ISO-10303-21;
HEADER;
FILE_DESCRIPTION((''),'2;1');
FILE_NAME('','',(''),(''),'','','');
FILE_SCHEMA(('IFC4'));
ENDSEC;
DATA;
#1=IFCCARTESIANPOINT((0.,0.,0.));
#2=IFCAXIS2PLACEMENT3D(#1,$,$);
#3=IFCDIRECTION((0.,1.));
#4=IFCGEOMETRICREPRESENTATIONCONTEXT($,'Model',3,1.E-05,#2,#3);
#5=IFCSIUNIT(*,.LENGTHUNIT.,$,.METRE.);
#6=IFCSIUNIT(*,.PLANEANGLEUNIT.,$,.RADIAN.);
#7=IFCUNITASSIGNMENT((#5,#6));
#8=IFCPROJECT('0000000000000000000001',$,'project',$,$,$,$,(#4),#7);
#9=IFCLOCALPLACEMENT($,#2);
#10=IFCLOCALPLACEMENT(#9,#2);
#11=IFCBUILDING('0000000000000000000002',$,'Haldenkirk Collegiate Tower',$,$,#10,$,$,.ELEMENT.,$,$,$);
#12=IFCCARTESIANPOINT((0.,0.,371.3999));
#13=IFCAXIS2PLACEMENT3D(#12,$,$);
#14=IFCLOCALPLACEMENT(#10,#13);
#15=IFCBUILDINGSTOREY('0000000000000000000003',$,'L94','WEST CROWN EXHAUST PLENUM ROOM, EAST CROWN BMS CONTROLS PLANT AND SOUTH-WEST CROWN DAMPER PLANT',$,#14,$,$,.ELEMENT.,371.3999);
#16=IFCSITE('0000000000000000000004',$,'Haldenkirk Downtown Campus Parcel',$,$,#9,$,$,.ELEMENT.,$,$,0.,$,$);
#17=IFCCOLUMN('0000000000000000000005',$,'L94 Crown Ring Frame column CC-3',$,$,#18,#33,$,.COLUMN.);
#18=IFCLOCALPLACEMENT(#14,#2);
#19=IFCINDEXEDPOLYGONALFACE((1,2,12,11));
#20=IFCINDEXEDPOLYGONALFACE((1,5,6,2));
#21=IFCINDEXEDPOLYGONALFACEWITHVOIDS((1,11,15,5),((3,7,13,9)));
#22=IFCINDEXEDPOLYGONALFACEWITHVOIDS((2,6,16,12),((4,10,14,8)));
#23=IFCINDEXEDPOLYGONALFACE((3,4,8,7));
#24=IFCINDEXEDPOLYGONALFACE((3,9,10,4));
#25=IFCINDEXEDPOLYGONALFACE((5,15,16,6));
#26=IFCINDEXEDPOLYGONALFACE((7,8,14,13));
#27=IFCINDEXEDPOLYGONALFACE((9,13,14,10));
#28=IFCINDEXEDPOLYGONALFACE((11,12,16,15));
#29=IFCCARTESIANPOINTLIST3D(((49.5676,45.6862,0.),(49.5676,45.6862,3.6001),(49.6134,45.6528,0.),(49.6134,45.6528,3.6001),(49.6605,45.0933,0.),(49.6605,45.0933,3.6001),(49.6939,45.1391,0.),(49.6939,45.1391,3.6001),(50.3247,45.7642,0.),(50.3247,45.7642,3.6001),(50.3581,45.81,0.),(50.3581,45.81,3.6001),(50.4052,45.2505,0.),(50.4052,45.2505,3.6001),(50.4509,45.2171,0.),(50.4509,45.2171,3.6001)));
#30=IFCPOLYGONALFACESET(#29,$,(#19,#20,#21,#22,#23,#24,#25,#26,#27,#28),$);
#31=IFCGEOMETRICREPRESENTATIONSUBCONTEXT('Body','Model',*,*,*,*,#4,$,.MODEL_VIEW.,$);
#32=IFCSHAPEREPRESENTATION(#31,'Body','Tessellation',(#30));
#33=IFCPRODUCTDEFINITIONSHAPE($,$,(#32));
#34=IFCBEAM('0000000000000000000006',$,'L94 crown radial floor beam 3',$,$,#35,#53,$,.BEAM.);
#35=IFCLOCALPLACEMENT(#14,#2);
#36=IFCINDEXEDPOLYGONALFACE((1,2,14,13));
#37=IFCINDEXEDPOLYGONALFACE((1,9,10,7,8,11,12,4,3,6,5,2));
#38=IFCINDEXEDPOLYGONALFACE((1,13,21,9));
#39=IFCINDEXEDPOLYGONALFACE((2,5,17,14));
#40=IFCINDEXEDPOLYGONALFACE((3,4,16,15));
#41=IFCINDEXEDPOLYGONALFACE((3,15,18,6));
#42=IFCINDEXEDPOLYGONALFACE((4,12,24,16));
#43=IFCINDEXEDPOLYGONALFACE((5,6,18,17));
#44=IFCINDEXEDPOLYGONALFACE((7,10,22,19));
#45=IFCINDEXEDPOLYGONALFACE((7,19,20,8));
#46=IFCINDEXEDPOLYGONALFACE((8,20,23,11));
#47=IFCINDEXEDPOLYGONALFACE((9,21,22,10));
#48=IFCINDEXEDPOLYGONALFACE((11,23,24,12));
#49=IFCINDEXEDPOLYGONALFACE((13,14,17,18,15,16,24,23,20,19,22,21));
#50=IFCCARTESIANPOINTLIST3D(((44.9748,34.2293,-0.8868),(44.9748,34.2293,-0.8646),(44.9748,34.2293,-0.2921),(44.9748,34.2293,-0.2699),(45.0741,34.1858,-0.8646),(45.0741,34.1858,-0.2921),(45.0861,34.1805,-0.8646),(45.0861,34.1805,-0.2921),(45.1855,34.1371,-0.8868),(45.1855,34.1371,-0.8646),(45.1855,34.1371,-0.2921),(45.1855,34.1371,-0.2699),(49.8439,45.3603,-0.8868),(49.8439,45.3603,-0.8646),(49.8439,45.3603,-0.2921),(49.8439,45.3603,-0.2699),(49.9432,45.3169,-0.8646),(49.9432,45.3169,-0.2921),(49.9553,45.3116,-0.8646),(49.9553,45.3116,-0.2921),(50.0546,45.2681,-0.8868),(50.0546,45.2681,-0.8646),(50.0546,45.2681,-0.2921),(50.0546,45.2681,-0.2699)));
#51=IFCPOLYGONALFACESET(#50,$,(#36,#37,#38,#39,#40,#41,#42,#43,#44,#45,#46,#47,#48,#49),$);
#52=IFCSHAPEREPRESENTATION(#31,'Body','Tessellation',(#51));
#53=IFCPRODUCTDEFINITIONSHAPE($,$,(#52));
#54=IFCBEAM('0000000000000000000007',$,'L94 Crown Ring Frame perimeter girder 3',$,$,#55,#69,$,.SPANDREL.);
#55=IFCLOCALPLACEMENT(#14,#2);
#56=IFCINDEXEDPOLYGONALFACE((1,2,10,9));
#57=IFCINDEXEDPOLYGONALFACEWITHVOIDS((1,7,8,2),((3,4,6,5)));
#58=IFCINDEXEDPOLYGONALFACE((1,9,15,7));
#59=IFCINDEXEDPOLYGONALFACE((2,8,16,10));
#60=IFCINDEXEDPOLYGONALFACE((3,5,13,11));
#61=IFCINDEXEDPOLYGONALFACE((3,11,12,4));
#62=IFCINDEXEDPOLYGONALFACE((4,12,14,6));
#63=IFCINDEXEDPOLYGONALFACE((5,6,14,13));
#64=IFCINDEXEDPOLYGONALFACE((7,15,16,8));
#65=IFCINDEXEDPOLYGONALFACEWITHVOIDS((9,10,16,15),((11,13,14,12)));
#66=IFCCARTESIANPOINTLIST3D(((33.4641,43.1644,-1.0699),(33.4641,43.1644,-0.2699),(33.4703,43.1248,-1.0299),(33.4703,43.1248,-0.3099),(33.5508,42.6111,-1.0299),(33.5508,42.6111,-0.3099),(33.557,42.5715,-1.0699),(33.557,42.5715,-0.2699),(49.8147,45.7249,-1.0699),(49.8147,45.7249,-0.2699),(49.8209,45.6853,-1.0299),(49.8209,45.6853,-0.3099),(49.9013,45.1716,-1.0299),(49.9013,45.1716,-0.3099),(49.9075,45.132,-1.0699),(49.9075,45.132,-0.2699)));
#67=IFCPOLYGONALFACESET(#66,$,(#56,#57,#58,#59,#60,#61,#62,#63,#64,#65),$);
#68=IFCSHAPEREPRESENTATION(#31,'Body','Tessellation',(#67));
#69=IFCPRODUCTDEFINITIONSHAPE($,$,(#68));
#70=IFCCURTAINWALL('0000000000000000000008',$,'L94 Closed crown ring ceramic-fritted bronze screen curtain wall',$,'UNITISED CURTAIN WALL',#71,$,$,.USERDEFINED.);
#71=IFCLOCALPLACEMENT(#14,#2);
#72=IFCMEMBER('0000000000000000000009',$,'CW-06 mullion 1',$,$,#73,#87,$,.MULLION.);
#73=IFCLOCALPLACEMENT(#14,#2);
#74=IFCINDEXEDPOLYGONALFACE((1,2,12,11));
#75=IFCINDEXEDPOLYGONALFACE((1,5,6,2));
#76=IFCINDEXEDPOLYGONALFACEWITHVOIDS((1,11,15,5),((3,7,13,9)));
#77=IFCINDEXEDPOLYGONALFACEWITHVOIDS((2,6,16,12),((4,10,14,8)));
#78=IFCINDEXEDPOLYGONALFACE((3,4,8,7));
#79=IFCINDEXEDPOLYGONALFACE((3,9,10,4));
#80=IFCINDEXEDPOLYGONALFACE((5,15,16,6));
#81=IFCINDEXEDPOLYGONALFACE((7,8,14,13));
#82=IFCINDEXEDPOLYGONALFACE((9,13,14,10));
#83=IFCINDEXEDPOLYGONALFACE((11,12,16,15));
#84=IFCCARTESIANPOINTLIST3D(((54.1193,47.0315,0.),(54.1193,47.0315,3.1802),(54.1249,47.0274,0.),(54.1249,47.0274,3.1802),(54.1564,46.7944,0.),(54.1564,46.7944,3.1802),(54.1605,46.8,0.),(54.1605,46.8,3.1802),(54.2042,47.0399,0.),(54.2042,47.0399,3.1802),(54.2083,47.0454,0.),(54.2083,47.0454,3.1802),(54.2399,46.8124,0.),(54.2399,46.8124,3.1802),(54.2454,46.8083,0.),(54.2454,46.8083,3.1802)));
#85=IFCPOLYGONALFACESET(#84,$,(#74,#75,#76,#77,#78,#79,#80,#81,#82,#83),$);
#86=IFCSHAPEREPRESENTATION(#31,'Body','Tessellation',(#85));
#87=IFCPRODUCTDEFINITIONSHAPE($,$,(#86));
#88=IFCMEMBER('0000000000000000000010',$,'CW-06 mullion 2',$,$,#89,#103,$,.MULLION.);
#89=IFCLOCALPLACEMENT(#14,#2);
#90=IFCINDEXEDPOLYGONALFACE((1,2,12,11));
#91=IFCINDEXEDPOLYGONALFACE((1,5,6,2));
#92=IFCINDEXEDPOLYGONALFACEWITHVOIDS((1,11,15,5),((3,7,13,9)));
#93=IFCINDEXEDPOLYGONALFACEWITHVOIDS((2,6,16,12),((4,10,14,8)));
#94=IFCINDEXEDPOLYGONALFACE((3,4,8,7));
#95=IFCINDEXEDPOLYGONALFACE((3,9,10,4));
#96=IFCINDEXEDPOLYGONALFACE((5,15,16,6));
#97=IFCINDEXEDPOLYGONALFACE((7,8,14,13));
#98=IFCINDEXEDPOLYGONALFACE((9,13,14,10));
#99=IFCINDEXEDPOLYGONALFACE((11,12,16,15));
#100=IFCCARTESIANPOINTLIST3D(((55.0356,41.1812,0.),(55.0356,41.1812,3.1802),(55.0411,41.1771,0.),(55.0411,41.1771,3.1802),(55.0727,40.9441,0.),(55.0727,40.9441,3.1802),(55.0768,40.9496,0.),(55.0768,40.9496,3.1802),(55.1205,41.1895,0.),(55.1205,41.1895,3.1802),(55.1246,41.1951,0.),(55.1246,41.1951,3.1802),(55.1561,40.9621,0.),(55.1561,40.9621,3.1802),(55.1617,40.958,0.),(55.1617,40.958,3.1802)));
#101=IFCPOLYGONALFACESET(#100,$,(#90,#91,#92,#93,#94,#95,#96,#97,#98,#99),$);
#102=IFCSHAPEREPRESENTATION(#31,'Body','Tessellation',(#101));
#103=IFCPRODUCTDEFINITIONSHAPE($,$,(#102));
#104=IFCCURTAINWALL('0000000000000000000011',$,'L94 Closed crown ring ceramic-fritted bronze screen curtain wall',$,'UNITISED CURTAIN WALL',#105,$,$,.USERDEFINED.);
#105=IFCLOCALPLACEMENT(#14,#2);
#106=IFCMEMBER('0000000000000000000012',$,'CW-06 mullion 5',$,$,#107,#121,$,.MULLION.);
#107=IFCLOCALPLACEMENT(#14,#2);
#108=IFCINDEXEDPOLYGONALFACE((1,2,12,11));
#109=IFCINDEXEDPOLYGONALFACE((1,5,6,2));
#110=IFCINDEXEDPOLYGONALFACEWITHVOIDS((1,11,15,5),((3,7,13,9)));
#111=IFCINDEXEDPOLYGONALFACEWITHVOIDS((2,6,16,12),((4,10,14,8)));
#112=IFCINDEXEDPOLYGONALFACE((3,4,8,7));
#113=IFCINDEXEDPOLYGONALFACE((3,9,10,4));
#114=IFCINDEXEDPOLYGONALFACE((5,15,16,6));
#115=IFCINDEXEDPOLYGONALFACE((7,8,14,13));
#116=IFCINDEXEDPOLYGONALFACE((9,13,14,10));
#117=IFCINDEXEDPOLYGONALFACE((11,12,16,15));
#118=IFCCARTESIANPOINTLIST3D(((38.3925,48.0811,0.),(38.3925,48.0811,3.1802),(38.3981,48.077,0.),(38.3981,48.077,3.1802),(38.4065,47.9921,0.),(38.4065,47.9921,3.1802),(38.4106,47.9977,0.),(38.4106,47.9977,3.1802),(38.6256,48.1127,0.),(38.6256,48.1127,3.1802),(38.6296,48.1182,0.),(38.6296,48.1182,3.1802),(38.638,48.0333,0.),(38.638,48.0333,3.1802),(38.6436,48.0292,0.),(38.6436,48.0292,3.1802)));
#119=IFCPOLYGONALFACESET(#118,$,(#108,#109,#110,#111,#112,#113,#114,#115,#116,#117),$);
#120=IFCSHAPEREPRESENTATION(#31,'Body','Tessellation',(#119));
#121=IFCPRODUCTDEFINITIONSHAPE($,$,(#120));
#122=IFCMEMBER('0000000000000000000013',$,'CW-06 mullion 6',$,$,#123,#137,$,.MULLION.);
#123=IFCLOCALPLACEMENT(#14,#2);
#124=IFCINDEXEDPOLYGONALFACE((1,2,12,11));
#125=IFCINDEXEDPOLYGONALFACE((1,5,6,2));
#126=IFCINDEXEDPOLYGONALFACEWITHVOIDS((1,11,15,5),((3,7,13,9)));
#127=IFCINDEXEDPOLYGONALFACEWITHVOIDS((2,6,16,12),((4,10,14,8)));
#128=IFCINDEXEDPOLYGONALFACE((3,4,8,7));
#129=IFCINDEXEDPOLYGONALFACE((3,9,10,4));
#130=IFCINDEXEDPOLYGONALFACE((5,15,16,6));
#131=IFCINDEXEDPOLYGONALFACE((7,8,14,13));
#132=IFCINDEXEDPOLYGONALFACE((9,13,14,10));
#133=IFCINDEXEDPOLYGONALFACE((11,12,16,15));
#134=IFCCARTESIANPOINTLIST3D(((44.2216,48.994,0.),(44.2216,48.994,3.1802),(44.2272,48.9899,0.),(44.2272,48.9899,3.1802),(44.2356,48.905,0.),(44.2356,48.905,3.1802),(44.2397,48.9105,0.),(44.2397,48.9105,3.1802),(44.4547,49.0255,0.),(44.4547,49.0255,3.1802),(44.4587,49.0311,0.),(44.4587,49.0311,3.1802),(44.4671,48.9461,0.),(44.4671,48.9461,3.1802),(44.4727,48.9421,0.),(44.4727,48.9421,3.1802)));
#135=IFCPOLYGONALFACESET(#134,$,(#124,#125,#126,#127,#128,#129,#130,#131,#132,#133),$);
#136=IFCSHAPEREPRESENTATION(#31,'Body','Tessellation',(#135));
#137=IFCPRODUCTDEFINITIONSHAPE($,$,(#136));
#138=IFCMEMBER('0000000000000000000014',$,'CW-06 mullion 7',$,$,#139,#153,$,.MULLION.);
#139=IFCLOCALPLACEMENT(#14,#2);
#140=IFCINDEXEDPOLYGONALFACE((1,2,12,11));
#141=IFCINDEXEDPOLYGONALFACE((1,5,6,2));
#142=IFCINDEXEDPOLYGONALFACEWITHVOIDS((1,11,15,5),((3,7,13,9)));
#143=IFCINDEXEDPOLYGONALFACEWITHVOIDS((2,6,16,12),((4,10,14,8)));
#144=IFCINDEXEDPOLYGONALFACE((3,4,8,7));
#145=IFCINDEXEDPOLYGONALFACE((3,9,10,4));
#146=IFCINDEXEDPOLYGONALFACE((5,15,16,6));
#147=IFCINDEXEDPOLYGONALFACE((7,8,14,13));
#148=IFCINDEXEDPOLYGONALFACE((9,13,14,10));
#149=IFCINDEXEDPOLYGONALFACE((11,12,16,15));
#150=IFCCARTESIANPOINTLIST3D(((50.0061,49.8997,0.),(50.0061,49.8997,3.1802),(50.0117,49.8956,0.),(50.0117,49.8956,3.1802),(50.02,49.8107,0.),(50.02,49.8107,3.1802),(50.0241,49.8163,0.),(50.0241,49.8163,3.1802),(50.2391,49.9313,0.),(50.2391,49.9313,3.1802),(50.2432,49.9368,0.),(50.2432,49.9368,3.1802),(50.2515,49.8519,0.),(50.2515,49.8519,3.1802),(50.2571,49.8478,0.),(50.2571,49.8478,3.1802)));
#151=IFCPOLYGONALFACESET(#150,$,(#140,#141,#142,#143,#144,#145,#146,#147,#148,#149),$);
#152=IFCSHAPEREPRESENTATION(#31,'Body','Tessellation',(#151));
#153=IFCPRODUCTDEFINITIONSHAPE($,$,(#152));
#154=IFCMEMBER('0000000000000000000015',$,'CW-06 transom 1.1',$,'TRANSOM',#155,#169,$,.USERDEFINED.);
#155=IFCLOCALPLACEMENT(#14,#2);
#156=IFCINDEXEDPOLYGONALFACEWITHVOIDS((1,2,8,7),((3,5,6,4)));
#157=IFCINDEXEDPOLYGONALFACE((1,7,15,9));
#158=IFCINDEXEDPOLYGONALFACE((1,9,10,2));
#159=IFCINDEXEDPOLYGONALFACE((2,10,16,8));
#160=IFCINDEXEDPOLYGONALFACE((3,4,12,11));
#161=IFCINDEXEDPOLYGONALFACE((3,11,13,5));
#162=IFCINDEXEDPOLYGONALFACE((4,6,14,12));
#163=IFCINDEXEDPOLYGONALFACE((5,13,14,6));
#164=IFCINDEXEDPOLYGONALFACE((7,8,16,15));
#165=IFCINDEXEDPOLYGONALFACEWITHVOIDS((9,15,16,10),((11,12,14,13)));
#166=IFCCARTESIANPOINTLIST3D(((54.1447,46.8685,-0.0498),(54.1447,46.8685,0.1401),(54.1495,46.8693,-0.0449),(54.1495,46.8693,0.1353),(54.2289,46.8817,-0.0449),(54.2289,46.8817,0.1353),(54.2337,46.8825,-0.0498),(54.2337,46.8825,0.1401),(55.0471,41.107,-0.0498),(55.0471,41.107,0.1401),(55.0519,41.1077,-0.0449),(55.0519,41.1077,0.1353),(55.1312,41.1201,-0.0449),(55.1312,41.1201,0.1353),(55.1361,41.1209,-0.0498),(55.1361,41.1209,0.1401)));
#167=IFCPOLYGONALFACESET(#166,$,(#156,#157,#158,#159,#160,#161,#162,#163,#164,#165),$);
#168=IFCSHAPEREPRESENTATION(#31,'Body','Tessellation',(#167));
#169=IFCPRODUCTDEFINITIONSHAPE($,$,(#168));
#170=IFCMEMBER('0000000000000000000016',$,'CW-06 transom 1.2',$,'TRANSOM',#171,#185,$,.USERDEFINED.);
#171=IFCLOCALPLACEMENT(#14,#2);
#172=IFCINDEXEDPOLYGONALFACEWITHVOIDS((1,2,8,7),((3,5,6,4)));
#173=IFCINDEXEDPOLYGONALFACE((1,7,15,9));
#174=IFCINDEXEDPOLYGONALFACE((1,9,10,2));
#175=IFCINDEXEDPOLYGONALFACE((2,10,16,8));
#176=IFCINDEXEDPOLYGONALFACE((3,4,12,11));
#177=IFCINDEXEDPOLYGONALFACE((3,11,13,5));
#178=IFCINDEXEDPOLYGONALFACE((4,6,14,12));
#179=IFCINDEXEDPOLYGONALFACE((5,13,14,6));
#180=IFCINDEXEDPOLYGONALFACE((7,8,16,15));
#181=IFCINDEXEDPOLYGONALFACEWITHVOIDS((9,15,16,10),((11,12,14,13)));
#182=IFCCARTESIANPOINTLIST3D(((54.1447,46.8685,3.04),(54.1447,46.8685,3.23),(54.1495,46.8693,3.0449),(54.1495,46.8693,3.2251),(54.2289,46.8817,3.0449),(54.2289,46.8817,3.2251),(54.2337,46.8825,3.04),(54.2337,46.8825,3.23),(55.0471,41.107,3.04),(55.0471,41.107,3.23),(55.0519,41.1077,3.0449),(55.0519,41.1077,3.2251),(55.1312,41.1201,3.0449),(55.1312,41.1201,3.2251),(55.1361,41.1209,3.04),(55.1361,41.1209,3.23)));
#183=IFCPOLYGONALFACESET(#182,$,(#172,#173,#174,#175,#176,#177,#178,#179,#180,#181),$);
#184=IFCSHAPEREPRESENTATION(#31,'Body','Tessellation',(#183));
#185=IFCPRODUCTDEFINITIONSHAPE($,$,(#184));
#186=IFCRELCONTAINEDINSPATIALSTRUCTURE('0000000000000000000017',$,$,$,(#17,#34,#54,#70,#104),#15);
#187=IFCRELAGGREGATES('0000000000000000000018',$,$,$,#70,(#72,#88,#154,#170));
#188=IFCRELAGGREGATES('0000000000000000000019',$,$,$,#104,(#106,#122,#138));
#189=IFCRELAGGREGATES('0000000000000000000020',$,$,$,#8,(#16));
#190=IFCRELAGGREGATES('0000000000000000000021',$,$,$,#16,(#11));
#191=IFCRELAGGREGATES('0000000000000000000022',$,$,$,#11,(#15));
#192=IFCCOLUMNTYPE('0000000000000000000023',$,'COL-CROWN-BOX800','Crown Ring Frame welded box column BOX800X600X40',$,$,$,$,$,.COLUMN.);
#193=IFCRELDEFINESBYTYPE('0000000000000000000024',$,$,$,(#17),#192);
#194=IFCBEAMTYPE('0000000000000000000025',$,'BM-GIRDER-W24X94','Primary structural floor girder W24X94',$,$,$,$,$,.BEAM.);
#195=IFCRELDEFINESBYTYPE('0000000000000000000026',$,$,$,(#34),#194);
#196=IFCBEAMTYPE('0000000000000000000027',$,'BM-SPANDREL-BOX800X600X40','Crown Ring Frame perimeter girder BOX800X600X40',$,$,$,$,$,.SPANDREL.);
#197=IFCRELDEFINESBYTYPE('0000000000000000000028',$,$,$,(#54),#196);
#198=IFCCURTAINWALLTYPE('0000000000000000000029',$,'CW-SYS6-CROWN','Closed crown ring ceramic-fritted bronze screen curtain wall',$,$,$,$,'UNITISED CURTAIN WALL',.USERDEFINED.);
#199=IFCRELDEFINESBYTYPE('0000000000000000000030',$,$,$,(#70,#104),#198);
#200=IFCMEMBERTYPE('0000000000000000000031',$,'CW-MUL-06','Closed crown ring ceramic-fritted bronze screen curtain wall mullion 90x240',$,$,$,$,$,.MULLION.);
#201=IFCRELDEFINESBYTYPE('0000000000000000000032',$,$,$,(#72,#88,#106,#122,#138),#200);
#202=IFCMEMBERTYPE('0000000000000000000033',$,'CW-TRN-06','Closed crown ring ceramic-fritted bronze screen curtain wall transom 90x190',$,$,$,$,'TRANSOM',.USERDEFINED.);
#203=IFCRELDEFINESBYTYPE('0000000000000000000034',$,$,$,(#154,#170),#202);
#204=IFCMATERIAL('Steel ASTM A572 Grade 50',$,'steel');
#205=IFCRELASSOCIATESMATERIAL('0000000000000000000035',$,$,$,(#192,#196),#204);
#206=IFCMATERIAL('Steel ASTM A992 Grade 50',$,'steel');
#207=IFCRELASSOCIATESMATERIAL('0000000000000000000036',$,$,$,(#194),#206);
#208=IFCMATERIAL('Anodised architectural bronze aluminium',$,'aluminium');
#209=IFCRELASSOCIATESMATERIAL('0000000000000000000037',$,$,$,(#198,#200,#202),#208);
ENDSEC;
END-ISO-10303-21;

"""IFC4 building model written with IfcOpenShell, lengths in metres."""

from ifc_helpers import new_model, si_unit, direction, frame, origin, origin_2d, place, context, subcontext, project, spatial, hollow_rectangle, i_section, extrude, material, material_profile, profile_set, type_object, element, aggregate, save


model = new_model("IFC4")

# Units and contexts
model_context = context("Model", 3, precision=1e-05, world=origin(), true_north=direction((0.0, 1.0)))
body_context = subcontext(model_context, "Body", "Model", "MODEL_VIEW")
ifc_project = project(units=[si_unit("LENGTHUNIT", "METRE"), si_unit("PLANEANGLEUNIT", "RADIAN")], contexts=[model_context])

# Site, building, storey
site_placement = place(None, origin())
site = spatial("IfcSite", under=ifc_project, at=site_placement, Name="Haldenkirk Downtown Campus Parcel", CompositionType="ELEMENT", RefElevation=0.0)
building_placement = place(site_placement, origin())
building = spatial("IfcBuilding", under=site, at=building_placement, Name="Haldenkirk Collegiate Tower", CompositionType="ELEMENT")
storey_placement = place(building_placement, frame((0.0, 0.0, 371.3999)))
storey = spatial("IfcBuildingStorey", under=building, at=storey_placement, Name="L94", Description="WEST CROWN EXHAUST PLENUM ROOM, EAST CROWN BMS CONTROLS PLANT AND SOUTH-WEST CROWN DAMPER PLANT", CompositionType="ELEMENT", Elevation=371.3999)

# Column
ifc_material_1 = material(Name="Steel ASTM A572 Grade 50", Category="steel")
ifc_material_profile_1 = material_profile(ifc_material_1, hollow_rectangle(XDim=0.6001, YDim=0.8, WallThickness=0.04, at=origin_2d()), Name="BOX800X600X40")
ifc_profile_set_1 = profile_set([ifc_material_profile_1], Name="Steel ASTM A572 Grade 50")
column_type = type_object("IfcColumnType", Name="COL-CROWN-BOX800", Description="Crown Ring Frame welded box column BOX800X600X40", PredefinedType="COLUMN", material=ifc_profile_set_1)
column_placement = place(storey_placement, frame((50.0093, 45.4517, 0.0), z_axis=(0.0, 0.0, 1.0), x_axis=(-0.15471, 0.98796, 0.0)))
element("IfcColumn", 1, at=column_placement, inside=storey, type_object=column_type, Name="L94 Crown Ring Frame column CC-3", PredefinedType="COLUMN", context=body_context, shape_type="SweptSolid", body=[
    extrude(hollow_rectangle(XDim=0.6001, YDim=0.8, WallThickness=0.04, at=origin_2d()), origin(), (0.0, 0.0, 1.0), 3.6001),
])

# Beams
ifc_material_2 = material(Name="Steel ASTM A992 Grade 50", Category="steel")
ifc_material_profile_2 = material_profile(ifc_material_2, i_section(OverallWidth=0.23, OverallDepth=0.6169, WebThickness=0.0132, FlangeThickness=0.0222, at=origin_2d()), Name="W24X94")
ifc_profile_set_2 = profile_set([ifc_material_profile_2], Name="Steel ASTM A992 Grade 50")
beam_type_1 = type_object("IfcBeamType", Name="BM-GIRDER-W24X94", Description="Primary structural floor girder W24X94", PredefinedType="BEAM", material=ifc_profile_set_2)
beam_1_placement = place(storey_placement, frame((49.9492, 45.3142, -0.5784), z_axis=(-0.400769, -0.916179, 0.0), x_axis=(0.916179, -0.400769, 0.0)))
element("IfcBeam", 2, at=beam_1_placement, inside=storey, type_object=beam_type_1, Name="L94 crown radial floor beam 3", PredefinedType="BEAM", context=body_context, shape_type="SweptSolid", body=[
    extrude(i_section(OverallWidth=0.23, OverallDepth=0.6169, WebThickness=0.0132, FlangeThickness=0.0222, at=origin_2d()), origin(), (0.0, 0.0, 1.0), 12.1494),
])
ifc_material_profile_3 = material_profile(ifc_material_1, hollow_rectangle(XDim=0.6001, YDim=0.8, WallThickness=0.04, at=origin_2d()), Name="BOX800X600X40")
ifc_profile_set_3 = profile_set([ifc_material_profile_3], Name="Steel ASTM A572 Grade 50")
beam_type_2 = type_object("IfcBeamType", Name="BM-SPANDREL-BOX800X600X40", Description="Crown Ring Frame perimeter girder BOX800X600X40", PredefinedType="SPANDREL", material=ifc_profile_set_3)
beam_2_placement = place(storey_placement, frame((49.8611, 45.4285, -0.6699), z_axis=(-0.987959, -0.154717, 0.0), x_axis=(0.154717, -0.987959, 0.0)))
element("IfcBeam", 3, at=beam_2_placement, inside=storey, type_object=beam_type_2, Name="L94 Crown Ring Frame perimeter girder 3", PredefinedType="SPANDREL", context=body_context, shape_type="SweptSolid", body=[
    extrude(hollow_rectangle(XDim=0.6001, YDim=0.8, WallThickness=0.04, at=origin_2d()), origin(), (0.0, 0.0, 1.0), 16.5498),
])

# Curtain walls, members
ifc_material_3 = material(Name="Anodised architectural bronze aluminium", Category="aluminium")
curtain_wall_type = type_object("IfcCurtainWallType", Name="CW-SYS6-CROWN", Description="Closed crown ring ceramic-fritted bronze screen curtain wall", ElementType="UNITISED CURTAIN WALL", PredefinedType="USERDEFINED", material=ifc_material_3)
curtain_wall_1_placement = place(storey_placement, origin())
curtain_wall_1 = element("IfcCurtainWall", 4, at=curtain_wall_1_placement, inside=storey, type_object=curtain_wall_type, Name="L94 Closed crown ring ceramic-fritted bronze screen curtain wall", ObjectType="UNITISED CURTAIN WALL", PredefinedType="USERDEFINED")
ifc_material_profile_4 = material_profile(ifc_material_3, hollow_rectangle(XDim=0.0901, YDim=0.24, WallThickness=0.0049, at=origin_2d()), Name="CW-MUL-06")
ifc_profile_set_4 = profile_set([ifc_material_profile_4], Name="Anodised architectural bronze aluminium")
member_type_1 = type_object("IfcMemberType", Name="CW-MUL-06", Description="Closed crown ring ceramic-fritted bronze screen curtain wall mullion 90x240", PredefinedType="MULLION", material=ifc_profile_set_4)
member_1_placement = place(storey_placement, frame((54.1824, 46.9199, 0.0), z_axis=(0.0, 0.0, 1.0), x_axis=(0.98796, 0.154713, 0.0)))
member_1 = element("IfcMember", 5, at=member_1_placement, type_object=member_type_1, Name="CW-06 mullion 1", PredefinedType="MULLION", context=body_context, shape_type="SweptSolid", body=[
    extrude(hollow_rectangle(XDim=0.0901, YDim=0.24, WallThickness=0.0049, at=origin_2d()), origin(), (0.0, 0.0, 1.0), 3.1802),
])
member_2_placement = place(storey_placement, frame((55.0986, 41.0696, 0.0), z_axis=(0.0, 0.0, 1.0), x_axis=(0.98796, 0.154713, 0.0)))
member_2 = element("IfcMember", 6, at=member_2_placement, type_object=member_type_1, Name="CW-06 mullion 2", PredefinedType="MULLION", context=body_context, shape_type="SweptSolid", body=[
    extrude(hollow_rectangle(XDim=0.0901, YDim=0.24, WallThickness=0.0049, at=origin_2d()), origin(), (0.0, 0.0, 1.0), 3.1802),
])
curtain_wall_2_placement = place(storey_placement, origin())
curtain_wall_2 = element("IfcCurtainWall", 7, at=curtain_wall_2_placement, inside=storey, type_object=curtain_wall_type, Name="L94 Closed crown ring ceramic-fritted bronze screen curtain wall", ObjectType="UNITISED CURTAIN WALL", PredefinedType="USERDEFINED")
member_3_placement = place(storey_placement, frame((38.5181, 48.0552, 0.0), z_axis=(0.0, 0.0, 1.0), x_axis=(-0.154709, 0.98796, 0.0)))
member_3 = element("IfcMember", 8, at=member_3_placement, type_object=member_type_1, Name="CW-06 mullion 5", PredefinedType="MULLION", context=body_context, shape_type="SweptSolid", body=[
    extrude(hollow_rectangle(XDim=0.0901, YDim=0.24, WallThickness=0.0049, at=origin_2d()), origin(), (0.0, 0.0, 1.0), 3.1802),
])
member_4_placement = place(storey_placement, frame((44.3472, 48.968, 0.0), z_axis=(0.0, 0.0, 1.0), x_axis=(-0.154709, 0.98796, 0.0)))
member_4 = element("IfcMember", 9, at=member_4_placement, type_object=member_type_1, Name="CW-06 mullion 6", PredefinedType="MULLION", context=body_context, shape_type="SweptSolid", body=[
    extrude(hollow_rectangle(XDim=0.0901, YDim=0.24, WallThickness=0.0049, at=origin_2d()), origin(), (0.0, 0.0, 1.0), 3.1802),
])
member_5_placement = place(storey_placement, frame((50.1316, 49.8738, 0.0), z_axis=(0.0, 0.0, 1.0), x_axis=(-0.154709, 0.98796, 0.0)))
member_5 = element("IfcMember", 10, at=member_5_placement, type_object=member_type_1, Name="CW-06 mullion 7", PredefinedType="MULLION", context=body_context, shape_type="SweptSolid", body=[
    extrude(hollow_rectangle(XDim=0.0901, YDim=0.24, WallThickness=0.0049, at=origin_2d()), origin(), (0.0, 0.0, 1.0), 3.1802),
])

# Members
ifc_material_profile_5 = material_profile(ifc_material_3, hollow_rectangle(XDim=0.0901, YDim=0.1899, WallThickness=0.0049, at=origin_2d()), Name="CW-TRN-06")
ifc_profile_set_5 = profile_set([ifc_material_profile_5], Name="Anodised architectural bronze aluminium")
member_type_2 = type_object("IfcMemberType", Name="CW-TRN-06", Description="Closed crown ring ceramic-fritted bronze screen curtain wall transom 90x190", ElementType="TRANSOM", PredefinedType="USERDEFINED", material=ifc_profile_set_5)
member_6_placement = place(storey_placement, frame((54.1892, 46.8755, 0.0452), z_axis=(0.154731, -0.987957, 0.0), x_axis=(0.987957, 0.154731, 0.0)))
member_6 = element("IfcMember", 11, at=member_6_placement, type_object=member_type_2, Name="CW-06 transom 1.1", ObjectType="TRANSOM", PredefinedType="USERDEFINED", context=body_context, shape_type="SweptSolid", body=[
    extrude(hollow_rectangle(XDim=0.0901, YDim=0.1899, WallThickness=0.0049, at=origin_2d()), origin(), (0.0, 0.0, 1.0), 5.8318),
])
member_7_placement = place(storey_placement, frame((54.1892, 46.8755, 3.135), z_axis=(0.154731, -0.987957, 0.0), x_axis=(0.987957, 0.154731, 0.0)))
member_7 = element("IfcMember", 12, at=member_7_placement, type_object=member_type_2, Name="CW-06 transom 1.2", ObjectType="TRANSOM", PredefinedType="USERDEFINED", context=body_context, shape_type="SweptSolid", body=[
    extrude(hollow_rectangle(XDim=0.0901, YDim=0.1899, WallThickness=0.0049, at=origin_2d()), origin(), (0.0, 0.0, 1.0), 5.8318),
])

aggregate(curtain_wall_1, [member_1, member_2, member_6, member_7])
aggregate(curtain_wall_2, [member_3, member_4, member_5])

save(model, "model.ifc")
